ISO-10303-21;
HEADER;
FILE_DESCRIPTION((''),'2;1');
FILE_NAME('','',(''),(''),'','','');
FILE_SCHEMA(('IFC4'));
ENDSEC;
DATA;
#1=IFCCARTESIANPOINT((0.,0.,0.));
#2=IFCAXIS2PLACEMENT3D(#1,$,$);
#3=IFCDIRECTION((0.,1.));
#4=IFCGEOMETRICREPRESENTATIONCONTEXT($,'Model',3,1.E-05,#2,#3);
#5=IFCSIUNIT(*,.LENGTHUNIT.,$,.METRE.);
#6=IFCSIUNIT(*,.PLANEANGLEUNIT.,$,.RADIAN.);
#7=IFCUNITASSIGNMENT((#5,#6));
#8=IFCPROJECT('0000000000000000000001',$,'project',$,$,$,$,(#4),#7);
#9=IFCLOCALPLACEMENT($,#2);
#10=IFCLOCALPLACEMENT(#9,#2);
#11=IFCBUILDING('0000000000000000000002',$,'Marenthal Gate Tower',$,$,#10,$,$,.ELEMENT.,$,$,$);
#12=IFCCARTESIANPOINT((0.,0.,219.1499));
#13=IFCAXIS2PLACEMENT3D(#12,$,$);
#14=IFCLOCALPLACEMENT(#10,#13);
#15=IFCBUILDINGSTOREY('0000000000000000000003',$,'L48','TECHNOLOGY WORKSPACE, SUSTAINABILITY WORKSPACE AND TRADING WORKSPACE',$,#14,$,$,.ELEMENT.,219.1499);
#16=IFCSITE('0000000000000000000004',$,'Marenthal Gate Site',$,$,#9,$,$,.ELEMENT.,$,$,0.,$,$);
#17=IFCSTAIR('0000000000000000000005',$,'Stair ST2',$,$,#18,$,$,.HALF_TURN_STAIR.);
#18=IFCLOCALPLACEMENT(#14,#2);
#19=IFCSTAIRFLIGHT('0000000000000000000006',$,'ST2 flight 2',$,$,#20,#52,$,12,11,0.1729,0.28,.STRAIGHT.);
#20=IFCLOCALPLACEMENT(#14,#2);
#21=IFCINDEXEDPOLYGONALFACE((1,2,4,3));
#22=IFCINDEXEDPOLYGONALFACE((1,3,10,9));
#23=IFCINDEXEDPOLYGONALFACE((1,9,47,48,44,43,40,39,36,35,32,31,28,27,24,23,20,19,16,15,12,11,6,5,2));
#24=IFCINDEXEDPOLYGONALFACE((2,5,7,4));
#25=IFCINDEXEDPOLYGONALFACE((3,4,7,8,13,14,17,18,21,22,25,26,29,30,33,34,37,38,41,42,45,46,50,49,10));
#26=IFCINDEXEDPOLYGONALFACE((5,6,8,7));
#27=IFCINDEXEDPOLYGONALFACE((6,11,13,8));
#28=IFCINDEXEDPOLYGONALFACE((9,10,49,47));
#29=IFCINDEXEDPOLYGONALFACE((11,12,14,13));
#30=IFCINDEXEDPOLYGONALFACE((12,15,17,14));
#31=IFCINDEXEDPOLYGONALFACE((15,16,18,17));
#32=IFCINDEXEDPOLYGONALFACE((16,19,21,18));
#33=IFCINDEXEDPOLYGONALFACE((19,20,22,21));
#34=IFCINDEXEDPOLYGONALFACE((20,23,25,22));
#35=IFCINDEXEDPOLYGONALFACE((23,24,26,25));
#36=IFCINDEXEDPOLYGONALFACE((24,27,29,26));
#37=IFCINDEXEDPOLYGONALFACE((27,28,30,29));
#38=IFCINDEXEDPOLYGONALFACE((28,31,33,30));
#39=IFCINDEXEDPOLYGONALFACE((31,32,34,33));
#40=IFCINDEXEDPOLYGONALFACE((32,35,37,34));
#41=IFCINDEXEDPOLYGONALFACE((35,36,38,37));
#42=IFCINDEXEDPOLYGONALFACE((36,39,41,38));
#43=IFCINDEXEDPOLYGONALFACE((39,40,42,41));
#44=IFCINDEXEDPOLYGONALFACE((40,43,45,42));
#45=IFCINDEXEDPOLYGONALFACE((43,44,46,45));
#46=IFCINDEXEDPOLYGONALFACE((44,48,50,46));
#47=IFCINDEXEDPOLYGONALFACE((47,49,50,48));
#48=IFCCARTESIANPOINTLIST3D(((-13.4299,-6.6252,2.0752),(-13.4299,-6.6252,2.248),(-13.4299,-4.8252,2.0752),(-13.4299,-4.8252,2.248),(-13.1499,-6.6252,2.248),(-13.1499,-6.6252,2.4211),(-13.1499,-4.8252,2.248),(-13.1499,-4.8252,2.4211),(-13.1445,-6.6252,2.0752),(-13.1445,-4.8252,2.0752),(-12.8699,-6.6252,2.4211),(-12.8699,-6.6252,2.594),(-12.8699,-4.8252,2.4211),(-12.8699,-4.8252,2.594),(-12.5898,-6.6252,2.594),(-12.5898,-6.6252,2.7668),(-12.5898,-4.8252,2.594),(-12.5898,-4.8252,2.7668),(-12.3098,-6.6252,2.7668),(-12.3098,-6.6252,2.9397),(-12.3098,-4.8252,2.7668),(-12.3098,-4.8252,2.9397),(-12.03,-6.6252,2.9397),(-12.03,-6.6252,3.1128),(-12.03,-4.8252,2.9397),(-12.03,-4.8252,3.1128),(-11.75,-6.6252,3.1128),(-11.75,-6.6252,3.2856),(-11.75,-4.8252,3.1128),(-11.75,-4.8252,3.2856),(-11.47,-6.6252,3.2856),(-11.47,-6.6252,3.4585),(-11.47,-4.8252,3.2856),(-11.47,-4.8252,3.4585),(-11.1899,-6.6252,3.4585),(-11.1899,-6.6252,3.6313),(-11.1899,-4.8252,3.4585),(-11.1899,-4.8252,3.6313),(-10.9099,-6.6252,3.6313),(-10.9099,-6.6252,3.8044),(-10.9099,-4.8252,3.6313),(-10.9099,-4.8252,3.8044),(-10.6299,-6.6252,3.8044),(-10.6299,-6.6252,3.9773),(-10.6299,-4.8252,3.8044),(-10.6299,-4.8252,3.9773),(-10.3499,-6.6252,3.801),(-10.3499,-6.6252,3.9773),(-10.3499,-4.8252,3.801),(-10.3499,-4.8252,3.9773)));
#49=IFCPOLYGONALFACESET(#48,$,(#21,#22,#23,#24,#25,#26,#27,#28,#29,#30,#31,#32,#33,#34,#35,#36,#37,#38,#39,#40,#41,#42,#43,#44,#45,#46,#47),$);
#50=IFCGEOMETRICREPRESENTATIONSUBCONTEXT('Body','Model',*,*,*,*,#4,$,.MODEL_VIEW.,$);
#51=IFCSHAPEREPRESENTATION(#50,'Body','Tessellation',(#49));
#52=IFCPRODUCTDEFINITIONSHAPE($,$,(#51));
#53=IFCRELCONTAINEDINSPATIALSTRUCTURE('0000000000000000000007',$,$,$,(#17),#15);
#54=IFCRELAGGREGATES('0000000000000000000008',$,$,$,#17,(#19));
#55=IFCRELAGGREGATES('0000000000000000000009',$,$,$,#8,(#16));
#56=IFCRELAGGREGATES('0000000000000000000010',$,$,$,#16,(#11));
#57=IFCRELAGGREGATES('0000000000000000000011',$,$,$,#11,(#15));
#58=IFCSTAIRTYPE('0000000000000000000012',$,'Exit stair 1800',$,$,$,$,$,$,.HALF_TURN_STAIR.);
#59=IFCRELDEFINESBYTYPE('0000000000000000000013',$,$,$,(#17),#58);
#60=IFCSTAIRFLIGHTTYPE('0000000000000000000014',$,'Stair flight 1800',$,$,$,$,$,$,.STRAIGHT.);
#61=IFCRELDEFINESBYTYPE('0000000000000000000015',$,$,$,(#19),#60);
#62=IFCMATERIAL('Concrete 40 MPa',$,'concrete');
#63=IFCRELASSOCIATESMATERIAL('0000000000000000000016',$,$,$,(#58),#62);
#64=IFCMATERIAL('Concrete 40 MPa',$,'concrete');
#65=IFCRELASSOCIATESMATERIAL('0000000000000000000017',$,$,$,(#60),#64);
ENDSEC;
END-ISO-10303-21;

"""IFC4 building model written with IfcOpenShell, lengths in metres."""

from ifc_helpers import new_model, si_unit, direction, frame, origin, place, context, subcontext, project, spatial, polyline, outline, extrude, material, type_object, element, aggregate, save


model = new_model("IFC4")

# Units and contexts
model_context = context("Model", 3, precision=1e-05, world=origin(), true_north=direction((0.0, 1.0)))
body_context = subcontext(model_context, "Body", "Model", "MODEL_VIEW")
ifc_project = project(units=[si_unit("LENGTHUNIT", "METRE"), si_unit("PLANEANGLEUNIT", "RADIAN")], contexts=[model_context])

# Site, building, storey
site_placement = place(None, origin())
site = spatial("IfcSite", under=ifc_project, at=site_placement, Name="Marenthal Gate Site", CompositionType="ELEMENT", RefElevation=0.0)
building_placement = place(site_placement, origin())
building = spatial("IfcBuilding", under=site, at=building_placement, Name="Marenthal Gate Tower", CompositionType="ELEMENT")
storey_placement = place(building_placement, frame((0.0, 0.0, 219.1499)))
storey = spatial("IfcBuildingStorey", under=building, at=storey_placement, Name="L48", Description="TECHNOLOGY WORKSPACE, SUSTAINABILITY WORKSPACE AND TRADING WORKSPACE", CompositionType="ELEMENT", Elevation=219.1499)

# Stair, stair flight
ifc_material_1 = material(Name="Concrete 40 MPa", Category="concrete")
stair_type = type_object("IfcStairType", Name="Exit stair 1800", PredefinedType="HALF_TURN_STAIR", material=ifc_material_1)
stair_placement = place(storey_placement, origin())
stair = element("IfcStair", 1, at=stair_placement, inside=storey, type_object=stair_type, Name="Stair ST2", PredefinedType="HALF_TURN_STAIR")
ifc_material_2 = material(Name="Concrete 40 MPa", Category="concrete")
stair_flight_type = type_object("IfcStairFlightType", Name="Stair flight 1800", PredefinedType="STRAIGHT", material=ifc_material_2)
stair_flight_1_placement = place(storey_placement, frame((-13.4299, -5.7251, 2.0752), z_axis=(0.0, 0.0, 1.0), x_axis=(1.0, 0.0, 0.0)))
stair_flight_1 = element("IfcStairFlight", 2, at=stair_flight_1_placement, type_object=stair_flight_type, Name="ST2 flight 2", NumberOfRisers=12, NumberOfTreads=11, PredefinedType="STRAIGHT", RiserHeight=0.1729, TreadLength=0.28, context=body_context, shape_type="SweptSolid", body=[
    extrude(outline(polyline([(0.0, 0.0), (0.0, 0.1729), (0.28, 0.1729), (0.28, 0.3459), (0.5601, 0.3459), (0.5601, 0.5188), (0.8401, 0.5188), (0.8401, 0.6917), (1.1201, 0.6917), (1.1201, 0.8645), (1.3999, 0.8645), (1.3999, 1.0376), (1.6799, 1.0376), (1.6799, 1.2104), (1.96, 1.2104), (1.96, 1.3833), (2.24, 1.3833), (2.24, 1.5562), (2.52, 1.5562), (2.52, 1.7292), (2.8, 1.7292), (2.8, 1.9021), (3.0801, 1.9021), (3.0801, 2.075), (3.0801, 1.7258), (0.2854, 0.0), (0.0, 0.0)])), frame((0.0, 0.8999, 0.0), z_axis=(0.0, -1.0, 0.0), x_axis=(1.0, 0.0, 0.0)), (0.0, 0.0, 1.0), 1.8),
])
aggregate(stair, [stair_flight_1])

save(model, "model.ifc")
